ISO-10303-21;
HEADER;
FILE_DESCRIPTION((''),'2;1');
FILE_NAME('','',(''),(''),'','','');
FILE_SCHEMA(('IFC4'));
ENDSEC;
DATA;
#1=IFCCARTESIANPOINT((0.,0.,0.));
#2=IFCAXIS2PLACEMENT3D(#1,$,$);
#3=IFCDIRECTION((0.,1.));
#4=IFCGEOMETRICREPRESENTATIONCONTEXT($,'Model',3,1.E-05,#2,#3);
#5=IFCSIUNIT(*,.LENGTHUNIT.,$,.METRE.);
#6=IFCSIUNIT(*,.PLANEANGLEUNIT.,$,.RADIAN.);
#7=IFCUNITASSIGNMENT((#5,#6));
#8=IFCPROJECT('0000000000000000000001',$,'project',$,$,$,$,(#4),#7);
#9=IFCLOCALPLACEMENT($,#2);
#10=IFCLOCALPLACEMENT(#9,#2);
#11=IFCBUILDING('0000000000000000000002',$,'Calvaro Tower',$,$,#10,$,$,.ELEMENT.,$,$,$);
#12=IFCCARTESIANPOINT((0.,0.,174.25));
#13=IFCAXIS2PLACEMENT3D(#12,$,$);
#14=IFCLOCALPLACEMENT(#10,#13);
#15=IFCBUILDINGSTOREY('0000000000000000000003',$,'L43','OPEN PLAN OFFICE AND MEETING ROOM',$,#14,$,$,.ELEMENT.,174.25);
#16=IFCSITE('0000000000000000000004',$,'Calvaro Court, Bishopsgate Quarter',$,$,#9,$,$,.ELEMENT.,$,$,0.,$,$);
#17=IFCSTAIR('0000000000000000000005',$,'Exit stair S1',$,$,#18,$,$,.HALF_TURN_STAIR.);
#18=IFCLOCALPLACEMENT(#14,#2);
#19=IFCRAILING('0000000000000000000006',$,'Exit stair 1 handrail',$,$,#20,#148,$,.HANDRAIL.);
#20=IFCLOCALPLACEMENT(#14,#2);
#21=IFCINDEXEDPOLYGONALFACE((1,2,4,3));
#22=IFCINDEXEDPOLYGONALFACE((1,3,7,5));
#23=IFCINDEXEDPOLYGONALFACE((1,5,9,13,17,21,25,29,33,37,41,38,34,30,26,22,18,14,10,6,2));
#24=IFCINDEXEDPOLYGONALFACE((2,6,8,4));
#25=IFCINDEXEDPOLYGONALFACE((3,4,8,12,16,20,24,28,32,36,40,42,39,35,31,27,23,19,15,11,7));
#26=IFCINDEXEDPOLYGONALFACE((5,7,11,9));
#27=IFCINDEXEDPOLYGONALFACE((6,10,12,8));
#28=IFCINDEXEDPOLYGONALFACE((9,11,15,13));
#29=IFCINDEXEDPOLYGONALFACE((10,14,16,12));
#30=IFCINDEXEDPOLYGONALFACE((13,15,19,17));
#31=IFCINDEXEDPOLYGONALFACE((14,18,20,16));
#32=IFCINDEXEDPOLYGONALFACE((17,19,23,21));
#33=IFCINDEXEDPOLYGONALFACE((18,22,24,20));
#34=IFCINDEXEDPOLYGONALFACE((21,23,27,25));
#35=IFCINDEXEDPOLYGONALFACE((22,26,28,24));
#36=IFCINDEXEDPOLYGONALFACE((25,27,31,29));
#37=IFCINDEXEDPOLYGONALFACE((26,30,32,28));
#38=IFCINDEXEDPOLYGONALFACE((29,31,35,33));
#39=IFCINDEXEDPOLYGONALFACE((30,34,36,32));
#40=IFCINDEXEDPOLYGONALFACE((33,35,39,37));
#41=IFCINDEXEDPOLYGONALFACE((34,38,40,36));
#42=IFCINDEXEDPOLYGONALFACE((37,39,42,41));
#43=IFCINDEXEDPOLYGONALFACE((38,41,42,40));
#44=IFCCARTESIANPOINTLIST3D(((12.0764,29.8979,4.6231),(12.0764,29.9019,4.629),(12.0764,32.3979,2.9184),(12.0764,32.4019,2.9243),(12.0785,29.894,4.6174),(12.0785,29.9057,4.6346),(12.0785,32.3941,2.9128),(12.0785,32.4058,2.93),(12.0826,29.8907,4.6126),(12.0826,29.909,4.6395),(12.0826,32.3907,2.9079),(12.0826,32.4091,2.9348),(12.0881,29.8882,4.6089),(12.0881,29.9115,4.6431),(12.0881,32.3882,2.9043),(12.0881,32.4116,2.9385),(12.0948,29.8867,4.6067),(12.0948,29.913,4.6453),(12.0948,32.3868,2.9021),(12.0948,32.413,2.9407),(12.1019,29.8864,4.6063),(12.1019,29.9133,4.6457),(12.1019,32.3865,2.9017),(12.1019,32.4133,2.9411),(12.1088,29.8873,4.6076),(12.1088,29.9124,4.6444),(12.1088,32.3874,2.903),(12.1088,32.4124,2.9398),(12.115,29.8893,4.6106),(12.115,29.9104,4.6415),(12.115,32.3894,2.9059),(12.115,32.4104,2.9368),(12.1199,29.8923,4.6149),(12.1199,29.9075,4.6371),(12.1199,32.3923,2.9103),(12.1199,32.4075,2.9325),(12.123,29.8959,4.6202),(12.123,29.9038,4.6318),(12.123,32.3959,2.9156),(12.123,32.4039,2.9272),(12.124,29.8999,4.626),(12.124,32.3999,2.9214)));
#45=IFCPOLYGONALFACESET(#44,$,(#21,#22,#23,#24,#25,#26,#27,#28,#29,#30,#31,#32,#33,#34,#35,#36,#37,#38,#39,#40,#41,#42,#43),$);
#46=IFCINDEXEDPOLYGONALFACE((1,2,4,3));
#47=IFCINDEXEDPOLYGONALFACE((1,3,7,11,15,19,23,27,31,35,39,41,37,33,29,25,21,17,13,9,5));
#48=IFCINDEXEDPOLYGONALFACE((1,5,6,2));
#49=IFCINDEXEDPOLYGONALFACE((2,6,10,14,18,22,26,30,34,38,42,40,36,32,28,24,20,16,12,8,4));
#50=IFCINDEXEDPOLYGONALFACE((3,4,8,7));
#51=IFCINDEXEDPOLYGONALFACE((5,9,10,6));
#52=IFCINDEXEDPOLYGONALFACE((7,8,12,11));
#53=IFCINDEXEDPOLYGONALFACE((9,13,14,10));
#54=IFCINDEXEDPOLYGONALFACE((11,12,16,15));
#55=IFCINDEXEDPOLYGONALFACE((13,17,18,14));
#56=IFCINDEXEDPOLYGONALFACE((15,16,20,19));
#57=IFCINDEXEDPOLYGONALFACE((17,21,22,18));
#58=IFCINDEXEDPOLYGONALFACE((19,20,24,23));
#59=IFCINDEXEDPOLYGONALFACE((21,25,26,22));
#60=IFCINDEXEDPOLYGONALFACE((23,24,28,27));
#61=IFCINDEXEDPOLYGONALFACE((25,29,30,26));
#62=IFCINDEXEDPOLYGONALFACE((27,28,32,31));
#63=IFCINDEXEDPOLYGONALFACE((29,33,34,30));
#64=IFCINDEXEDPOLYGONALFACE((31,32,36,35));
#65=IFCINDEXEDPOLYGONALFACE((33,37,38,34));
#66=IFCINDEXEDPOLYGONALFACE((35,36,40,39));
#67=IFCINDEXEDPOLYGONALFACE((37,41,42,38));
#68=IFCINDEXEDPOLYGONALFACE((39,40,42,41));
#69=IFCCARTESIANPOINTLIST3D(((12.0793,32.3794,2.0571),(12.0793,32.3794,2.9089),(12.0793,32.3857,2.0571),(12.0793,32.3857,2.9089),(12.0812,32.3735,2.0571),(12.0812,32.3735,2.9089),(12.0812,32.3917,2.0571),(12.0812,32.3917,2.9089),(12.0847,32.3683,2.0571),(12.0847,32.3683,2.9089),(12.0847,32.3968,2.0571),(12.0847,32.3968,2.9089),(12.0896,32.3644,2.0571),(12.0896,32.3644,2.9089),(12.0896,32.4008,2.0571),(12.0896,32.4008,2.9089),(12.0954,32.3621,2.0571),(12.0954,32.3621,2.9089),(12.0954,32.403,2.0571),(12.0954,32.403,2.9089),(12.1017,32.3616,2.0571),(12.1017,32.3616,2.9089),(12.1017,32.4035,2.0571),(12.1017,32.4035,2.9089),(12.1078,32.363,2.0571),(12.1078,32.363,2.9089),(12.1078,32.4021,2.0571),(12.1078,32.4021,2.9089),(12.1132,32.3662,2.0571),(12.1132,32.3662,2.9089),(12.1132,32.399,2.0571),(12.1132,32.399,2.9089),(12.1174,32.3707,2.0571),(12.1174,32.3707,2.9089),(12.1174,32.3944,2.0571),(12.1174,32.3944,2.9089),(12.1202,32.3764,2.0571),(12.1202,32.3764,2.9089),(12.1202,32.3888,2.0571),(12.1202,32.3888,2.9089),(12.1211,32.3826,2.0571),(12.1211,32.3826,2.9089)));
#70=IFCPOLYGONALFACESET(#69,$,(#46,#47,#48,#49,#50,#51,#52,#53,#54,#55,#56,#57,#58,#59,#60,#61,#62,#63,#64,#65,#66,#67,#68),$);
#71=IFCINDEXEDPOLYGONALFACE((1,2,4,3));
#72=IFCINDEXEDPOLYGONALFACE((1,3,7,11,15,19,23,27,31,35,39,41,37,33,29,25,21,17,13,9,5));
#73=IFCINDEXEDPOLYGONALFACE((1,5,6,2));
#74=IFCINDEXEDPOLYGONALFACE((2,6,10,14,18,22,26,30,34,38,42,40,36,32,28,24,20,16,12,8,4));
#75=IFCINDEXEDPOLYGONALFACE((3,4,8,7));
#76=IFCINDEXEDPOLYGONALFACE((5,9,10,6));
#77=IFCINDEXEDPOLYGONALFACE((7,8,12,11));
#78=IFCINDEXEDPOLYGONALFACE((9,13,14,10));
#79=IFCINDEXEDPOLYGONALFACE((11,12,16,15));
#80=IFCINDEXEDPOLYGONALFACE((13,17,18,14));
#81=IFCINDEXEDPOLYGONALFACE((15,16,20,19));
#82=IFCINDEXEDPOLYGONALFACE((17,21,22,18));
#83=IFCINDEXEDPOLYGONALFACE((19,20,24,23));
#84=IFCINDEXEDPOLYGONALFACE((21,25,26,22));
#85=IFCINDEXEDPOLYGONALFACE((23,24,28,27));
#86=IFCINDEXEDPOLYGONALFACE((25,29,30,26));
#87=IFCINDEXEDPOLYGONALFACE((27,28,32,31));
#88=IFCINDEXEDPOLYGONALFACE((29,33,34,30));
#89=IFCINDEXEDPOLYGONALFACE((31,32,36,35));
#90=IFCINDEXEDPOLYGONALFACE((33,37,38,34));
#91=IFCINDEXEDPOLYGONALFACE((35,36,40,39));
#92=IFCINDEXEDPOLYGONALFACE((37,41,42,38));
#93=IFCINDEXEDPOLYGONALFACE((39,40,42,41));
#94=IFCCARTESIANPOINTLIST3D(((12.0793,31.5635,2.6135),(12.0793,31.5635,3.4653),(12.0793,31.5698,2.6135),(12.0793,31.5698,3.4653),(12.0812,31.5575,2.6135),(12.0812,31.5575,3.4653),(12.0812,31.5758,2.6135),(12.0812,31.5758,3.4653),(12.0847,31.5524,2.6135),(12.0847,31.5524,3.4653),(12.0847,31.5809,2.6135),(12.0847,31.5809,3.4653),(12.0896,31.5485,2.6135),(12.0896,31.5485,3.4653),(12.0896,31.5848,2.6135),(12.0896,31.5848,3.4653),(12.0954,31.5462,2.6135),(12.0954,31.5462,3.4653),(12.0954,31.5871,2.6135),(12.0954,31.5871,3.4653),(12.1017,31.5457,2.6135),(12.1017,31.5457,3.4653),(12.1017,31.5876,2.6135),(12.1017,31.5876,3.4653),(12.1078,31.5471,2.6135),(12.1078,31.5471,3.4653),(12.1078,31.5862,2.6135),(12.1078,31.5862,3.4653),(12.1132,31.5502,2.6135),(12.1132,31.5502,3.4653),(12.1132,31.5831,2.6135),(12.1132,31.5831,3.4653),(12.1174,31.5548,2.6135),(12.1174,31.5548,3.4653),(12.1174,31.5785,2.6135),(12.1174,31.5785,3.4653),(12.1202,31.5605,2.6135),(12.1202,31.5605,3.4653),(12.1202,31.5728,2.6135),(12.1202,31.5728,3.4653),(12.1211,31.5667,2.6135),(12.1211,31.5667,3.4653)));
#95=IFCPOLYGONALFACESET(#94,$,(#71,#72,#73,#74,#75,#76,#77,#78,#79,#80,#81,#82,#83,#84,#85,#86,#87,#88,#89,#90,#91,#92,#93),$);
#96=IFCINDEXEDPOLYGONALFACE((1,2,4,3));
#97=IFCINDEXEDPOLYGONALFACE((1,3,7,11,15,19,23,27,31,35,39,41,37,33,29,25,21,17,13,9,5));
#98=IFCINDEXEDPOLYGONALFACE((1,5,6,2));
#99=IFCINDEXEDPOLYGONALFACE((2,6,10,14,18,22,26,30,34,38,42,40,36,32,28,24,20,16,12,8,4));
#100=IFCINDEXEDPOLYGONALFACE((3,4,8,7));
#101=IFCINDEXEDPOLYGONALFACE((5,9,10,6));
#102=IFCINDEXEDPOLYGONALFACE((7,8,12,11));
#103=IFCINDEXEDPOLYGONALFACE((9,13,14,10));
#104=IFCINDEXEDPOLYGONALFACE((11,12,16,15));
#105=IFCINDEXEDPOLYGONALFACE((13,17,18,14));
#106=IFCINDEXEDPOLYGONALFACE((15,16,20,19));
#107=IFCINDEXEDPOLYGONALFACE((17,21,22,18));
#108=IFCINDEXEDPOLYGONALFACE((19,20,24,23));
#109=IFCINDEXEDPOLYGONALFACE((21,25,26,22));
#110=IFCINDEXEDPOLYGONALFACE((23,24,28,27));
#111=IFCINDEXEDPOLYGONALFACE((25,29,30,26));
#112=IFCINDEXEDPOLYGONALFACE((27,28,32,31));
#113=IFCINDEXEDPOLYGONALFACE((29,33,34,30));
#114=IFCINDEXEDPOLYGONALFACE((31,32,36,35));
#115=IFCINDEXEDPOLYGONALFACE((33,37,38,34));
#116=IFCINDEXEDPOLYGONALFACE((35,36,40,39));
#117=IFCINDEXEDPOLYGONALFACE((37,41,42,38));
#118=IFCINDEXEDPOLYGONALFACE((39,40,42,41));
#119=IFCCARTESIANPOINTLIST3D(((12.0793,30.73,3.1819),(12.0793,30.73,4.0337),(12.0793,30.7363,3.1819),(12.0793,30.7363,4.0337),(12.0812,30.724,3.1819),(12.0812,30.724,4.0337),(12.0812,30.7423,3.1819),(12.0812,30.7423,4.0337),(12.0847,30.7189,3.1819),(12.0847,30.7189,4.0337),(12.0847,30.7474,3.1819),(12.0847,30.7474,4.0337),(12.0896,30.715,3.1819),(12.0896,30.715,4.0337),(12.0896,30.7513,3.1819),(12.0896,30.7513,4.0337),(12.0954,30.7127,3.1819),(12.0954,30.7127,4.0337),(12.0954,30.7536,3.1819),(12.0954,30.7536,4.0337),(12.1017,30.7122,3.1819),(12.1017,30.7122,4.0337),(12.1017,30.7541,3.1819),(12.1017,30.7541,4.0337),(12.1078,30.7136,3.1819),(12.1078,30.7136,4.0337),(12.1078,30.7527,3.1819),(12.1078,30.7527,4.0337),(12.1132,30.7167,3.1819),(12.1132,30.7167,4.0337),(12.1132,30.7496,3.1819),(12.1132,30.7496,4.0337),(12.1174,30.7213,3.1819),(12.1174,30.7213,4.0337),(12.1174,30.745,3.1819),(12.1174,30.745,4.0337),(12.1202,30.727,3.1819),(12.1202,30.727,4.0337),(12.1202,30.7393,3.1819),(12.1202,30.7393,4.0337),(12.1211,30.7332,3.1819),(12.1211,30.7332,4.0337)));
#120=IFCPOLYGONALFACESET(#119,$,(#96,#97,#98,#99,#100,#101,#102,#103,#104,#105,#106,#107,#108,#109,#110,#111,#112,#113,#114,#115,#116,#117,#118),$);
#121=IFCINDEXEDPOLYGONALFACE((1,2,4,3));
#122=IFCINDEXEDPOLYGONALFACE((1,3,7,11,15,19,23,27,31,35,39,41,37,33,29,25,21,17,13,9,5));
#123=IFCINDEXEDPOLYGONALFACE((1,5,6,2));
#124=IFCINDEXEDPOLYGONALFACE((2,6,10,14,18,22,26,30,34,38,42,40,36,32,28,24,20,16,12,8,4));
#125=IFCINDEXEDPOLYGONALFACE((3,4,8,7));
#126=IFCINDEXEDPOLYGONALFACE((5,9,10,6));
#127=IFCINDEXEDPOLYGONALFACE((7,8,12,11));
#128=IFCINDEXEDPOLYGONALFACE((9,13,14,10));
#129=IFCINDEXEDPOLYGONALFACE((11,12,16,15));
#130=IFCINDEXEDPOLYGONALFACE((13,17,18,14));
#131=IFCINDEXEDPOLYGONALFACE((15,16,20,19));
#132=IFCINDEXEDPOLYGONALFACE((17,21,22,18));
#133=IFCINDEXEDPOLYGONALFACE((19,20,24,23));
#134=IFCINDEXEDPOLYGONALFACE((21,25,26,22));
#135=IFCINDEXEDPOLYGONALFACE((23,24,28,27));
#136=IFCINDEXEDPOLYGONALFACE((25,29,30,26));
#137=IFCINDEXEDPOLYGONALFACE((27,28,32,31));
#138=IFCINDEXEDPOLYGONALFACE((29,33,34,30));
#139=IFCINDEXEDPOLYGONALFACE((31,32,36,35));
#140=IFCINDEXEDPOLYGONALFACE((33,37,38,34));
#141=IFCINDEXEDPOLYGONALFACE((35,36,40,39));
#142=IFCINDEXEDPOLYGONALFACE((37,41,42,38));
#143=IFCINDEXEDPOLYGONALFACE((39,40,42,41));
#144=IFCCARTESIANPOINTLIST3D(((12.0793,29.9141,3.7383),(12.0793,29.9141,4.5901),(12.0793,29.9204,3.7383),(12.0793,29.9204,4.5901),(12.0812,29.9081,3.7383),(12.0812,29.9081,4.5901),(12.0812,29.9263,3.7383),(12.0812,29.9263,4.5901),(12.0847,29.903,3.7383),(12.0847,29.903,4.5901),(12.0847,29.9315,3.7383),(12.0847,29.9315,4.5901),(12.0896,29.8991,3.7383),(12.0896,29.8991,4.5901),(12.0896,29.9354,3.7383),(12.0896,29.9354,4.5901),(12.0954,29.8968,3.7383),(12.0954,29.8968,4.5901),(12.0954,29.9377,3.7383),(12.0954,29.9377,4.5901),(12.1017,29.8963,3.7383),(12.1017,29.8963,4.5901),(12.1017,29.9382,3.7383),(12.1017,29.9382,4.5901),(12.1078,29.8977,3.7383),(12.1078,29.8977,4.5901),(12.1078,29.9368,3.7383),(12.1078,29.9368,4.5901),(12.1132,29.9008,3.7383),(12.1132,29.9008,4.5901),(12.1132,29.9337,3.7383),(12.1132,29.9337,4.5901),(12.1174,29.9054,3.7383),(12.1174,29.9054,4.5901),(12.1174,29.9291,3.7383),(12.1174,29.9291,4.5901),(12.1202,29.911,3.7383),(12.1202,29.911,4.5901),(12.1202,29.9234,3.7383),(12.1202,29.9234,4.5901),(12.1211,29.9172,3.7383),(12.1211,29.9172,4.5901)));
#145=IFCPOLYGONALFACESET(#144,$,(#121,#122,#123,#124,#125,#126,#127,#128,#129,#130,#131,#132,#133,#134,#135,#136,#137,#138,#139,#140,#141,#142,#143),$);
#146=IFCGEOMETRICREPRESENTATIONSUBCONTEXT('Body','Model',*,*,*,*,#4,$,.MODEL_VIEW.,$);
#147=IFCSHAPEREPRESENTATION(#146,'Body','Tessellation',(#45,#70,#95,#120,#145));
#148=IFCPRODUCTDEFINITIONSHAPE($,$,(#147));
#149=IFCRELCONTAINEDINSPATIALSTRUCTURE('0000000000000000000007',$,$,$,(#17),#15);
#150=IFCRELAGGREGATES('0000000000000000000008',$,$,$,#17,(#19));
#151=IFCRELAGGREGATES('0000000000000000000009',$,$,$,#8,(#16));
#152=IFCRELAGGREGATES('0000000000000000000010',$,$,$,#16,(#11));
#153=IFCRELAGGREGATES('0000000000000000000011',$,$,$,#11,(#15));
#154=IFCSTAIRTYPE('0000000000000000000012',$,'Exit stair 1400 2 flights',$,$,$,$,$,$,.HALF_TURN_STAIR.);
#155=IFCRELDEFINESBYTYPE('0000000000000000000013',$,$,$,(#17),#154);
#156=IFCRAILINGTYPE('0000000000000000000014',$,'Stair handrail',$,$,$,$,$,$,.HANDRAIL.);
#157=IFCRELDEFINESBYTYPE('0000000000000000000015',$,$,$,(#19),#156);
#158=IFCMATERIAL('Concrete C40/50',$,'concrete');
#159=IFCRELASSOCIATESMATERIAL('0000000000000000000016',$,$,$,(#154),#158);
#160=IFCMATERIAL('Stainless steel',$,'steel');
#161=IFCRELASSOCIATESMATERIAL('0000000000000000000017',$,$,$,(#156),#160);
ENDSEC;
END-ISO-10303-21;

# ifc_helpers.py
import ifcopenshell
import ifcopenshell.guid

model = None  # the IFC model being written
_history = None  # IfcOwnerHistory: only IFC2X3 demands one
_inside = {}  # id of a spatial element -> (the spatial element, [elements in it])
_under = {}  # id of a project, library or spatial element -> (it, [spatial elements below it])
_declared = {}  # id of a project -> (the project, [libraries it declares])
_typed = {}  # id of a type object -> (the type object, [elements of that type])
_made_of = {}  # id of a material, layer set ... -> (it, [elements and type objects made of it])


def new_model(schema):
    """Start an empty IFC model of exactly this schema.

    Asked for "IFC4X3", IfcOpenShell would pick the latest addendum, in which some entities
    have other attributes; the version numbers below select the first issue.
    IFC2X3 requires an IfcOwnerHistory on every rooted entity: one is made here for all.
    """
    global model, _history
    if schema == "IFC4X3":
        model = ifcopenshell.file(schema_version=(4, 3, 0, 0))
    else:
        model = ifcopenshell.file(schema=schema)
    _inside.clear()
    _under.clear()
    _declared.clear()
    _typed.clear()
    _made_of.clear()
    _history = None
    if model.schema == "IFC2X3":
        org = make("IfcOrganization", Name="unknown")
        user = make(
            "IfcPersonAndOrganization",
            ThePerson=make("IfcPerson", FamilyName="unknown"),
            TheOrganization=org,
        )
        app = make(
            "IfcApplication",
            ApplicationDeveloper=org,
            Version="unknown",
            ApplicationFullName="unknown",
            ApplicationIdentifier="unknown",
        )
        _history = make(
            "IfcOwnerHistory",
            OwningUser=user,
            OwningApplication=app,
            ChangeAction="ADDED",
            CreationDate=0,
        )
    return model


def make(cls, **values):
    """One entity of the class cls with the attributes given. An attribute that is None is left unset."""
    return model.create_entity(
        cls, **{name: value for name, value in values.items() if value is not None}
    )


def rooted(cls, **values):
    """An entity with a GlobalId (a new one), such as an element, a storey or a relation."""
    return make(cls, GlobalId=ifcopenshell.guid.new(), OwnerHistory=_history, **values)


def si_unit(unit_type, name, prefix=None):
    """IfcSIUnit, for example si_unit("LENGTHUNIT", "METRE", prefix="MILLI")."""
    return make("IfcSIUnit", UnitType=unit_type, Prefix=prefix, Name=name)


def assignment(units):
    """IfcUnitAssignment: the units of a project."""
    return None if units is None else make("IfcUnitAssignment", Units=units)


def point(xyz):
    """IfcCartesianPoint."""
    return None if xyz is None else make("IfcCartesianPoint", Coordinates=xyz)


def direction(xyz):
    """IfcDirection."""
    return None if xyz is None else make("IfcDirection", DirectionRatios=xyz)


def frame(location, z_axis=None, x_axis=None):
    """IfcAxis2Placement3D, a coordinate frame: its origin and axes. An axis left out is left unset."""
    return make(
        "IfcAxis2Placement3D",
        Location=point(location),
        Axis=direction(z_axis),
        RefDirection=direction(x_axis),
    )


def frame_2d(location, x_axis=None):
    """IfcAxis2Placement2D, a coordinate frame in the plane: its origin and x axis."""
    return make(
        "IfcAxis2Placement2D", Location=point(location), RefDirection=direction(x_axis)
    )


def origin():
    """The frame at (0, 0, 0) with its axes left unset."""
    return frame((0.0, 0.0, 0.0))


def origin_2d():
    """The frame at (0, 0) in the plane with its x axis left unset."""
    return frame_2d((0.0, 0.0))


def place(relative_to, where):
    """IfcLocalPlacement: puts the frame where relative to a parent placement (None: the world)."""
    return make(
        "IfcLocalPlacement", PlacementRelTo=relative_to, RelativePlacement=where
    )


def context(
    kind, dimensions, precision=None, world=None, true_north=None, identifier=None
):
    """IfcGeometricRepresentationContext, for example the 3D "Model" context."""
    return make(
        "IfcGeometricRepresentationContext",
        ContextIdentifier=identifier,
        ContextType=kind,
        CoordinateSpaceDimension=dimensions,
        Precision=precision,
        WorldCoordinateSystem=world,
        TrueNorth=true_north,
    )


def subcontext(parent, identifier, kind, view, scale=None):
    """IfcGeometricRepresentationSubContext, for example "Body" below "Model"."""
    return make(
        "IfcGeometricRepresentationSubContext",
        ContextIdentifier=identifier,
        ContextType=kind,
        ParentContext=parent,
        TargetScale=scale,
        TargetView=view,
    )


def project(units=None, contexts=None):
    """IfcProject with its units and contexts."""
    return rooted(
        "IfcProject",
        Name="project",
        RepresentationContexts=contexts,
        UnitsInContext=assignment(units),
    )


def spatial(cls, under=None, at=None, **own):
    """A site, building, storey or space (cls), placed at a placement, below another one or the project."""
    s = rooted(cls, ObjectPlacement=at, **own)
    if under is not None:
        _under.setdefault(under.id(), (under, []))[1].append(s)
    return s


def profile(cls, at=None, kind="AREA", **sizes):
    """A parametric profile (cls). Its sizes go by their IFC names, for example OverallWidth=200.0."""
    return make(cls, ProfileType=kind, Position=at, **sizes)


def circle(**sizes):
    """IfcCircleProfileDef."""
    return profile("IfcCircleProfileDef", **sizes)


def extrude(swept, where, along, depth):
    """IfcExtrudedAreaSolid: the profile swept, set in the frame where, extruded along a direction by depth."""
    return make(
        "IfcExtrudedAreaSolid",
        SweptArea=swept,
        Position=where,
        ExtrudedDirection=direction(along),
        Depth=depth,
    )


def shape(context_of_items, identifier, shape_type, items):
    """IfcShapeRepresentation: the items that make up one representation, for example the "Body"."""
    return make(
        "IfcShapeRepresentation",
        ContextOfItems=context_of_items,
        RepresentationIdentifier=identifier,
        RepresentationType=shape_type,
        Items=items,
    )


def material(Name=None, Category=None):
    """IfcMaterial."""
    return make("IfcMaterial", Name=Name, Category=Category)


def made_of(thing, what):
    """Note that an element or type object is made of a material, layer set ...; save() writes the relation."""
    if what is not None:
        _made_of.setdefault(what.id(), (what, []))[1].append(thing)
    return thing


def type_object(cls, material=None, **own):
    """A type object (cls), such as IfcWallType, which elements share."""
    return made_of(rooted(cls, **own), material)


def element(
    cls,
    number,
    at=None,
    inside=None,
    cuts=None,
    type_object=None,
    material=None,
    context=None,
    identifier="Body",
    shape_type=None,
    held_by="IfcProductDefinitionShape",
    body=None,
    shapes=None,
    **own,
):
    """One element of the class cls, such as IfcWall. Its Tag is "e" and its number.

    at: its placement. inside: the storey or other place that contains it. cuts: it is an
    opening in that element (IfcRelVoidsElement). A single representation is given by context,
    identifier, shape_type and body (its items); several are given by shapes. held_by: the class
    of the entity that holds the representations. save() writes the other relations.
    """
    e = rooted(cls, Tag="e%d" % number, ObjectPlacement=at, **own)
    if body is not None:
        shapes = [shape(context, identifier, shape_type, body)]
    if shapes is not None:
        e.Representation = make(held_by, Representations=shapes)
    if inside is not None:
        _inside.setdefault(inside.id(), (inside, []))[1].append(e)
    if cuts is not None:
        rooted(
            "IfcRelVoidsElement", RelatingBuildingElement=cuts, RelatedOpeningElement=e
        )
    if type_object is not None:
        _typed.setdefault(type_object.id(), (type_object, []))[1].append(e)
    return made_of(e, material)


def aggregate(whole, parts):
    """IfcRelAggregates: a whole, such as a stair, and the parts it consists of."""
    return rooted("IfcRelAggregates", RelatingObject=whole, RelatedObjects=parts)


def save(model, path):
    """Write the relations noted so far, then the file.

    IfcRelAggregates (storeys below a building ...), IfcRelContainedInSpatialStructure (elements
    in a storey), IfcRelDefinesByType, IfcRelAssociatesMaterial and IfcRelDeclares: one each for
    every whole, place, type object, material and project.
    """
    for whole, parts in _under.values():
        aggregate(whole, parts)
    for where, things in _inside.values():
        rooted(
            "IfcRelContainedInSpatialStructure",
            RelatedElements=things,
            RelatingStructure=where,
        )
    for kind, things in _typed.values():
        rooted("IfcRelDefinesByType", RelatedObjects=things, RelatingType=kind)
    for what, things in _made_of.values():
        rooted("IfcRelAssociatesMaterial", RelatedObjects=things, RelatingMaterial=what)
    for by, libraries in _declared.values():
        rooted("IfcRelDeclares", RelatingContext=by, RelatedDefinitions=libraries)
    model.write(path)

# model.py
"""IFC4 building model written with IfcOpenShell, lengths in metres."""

from ifc_helpers import new_model, si_unit, direction, frame, origin, origin_2d, place, context, subcontext, project, spatial, circle, extrude, material, type_object, element, aggregate, save


model = new_model("IFC4")

# Units and contexts
model_context = context("Model", 3, precision=1e-05, world=origin(), true_north=direction((0.0, 1.0)))
body_context = subcontext(model_context, "Body", "Model", "MODEL_VIEW")
ifc_project = project(units=[si_unit("LENGTHUNIT", "METRE"), si_unit("PLANEANGLEUNIT", "RADIAN")], contexts=[model_context])

# Site, building, storey
site_placement = place(None, origin())
site = spatial("IfcSite", under=ifc_project, at=site_placement, Name="Calvaro Court, Bishopsgate Quarter", CompositionType="ELEMENT", RefElevation=0.0)
building_placement = place(site_placement, origin())
building = spatial("IfcBuilding", under=site, at=building_placement, Name="Calvaro Tower", CompositionType="ELEMENT")
storey_placement = place(building_placement, frame((0.0, 0.0, 174.25)))
storey = spatial("IfcBuildingStorey", under=building, at=storey_placement, Name="L43", Description="OPEN PLAN OFFICE AND MEETING ROOM", CompositionType="ELEMENT", Elevation=174.25)

# Stair, railing
ifc_material_1 = material(Name="Concrete C40/50", Category="concrete")
stair_type = type_object("IfcStairType", Name="Exit stair 1400 2 flights", PredefinedType="HALF_TURN_STAIR", material=ifc_material_1)
stair_placement = place(storey_placement, origin())
stair = element("IfcStair", 1, at=stair_placement, inside=storey, type_object=stair_type, Name="Exit stair S1", PredefinedType="HALF_TURN_STAIR")
ifc_material_2 = material(Name="Stainless steel", Category="steel")
railing_type = type_object("IfcRailingType", Name="Stair handrail", PredefinedType="HANDRAIL", material=ifc_material_2)
railing_placement = place(storey_placement, frame((12.1001, 32.3999, 2.0454)))
railing = element("IfcRailing", 2, at=railing_placement, type_object=railing_type, Name="Exit stair 1 handrail", PredefinedType="HANDRAIL", context=body_context, shape_type="SweptSolid", body=[
    extrude(circle(Radius=0.0239, at=origin_2d()), frame((0.0, 0.0, 0.876), z_axis=(0.0, -0.826221, 0.563347), x_axis=(1.0, 0.0, 0.0)), (0.0, 0.0, 1.0), 3.0259),
    extrude(circle(Radius=0.021, at=origin_2d()), frame((0.0, -0.0173, 0.0117)), (0.0, 0.0, 1.0), 0.8518),
    extrude(circle(Radius=0.021, at=origin_2d()), frame((0.0, -0.8333, 0.5681)), (0.0, 0.0, 1.0), 0.8518),
    extrude(circle(Radius=0.021, at=origin_2d()), frame((0.0, -1.6667, 1.1365)), (0.0, 0.0, 1.0), 0.8518),
    extrude(circle(Radius=0.021, at=origin_2d()), frame((0.0, -2.4827, 1.6929)), (0.0, 0.0, 1.0), 0.8518),
])
aggregate(stair, [railing])

save(model, "model.ifc")
